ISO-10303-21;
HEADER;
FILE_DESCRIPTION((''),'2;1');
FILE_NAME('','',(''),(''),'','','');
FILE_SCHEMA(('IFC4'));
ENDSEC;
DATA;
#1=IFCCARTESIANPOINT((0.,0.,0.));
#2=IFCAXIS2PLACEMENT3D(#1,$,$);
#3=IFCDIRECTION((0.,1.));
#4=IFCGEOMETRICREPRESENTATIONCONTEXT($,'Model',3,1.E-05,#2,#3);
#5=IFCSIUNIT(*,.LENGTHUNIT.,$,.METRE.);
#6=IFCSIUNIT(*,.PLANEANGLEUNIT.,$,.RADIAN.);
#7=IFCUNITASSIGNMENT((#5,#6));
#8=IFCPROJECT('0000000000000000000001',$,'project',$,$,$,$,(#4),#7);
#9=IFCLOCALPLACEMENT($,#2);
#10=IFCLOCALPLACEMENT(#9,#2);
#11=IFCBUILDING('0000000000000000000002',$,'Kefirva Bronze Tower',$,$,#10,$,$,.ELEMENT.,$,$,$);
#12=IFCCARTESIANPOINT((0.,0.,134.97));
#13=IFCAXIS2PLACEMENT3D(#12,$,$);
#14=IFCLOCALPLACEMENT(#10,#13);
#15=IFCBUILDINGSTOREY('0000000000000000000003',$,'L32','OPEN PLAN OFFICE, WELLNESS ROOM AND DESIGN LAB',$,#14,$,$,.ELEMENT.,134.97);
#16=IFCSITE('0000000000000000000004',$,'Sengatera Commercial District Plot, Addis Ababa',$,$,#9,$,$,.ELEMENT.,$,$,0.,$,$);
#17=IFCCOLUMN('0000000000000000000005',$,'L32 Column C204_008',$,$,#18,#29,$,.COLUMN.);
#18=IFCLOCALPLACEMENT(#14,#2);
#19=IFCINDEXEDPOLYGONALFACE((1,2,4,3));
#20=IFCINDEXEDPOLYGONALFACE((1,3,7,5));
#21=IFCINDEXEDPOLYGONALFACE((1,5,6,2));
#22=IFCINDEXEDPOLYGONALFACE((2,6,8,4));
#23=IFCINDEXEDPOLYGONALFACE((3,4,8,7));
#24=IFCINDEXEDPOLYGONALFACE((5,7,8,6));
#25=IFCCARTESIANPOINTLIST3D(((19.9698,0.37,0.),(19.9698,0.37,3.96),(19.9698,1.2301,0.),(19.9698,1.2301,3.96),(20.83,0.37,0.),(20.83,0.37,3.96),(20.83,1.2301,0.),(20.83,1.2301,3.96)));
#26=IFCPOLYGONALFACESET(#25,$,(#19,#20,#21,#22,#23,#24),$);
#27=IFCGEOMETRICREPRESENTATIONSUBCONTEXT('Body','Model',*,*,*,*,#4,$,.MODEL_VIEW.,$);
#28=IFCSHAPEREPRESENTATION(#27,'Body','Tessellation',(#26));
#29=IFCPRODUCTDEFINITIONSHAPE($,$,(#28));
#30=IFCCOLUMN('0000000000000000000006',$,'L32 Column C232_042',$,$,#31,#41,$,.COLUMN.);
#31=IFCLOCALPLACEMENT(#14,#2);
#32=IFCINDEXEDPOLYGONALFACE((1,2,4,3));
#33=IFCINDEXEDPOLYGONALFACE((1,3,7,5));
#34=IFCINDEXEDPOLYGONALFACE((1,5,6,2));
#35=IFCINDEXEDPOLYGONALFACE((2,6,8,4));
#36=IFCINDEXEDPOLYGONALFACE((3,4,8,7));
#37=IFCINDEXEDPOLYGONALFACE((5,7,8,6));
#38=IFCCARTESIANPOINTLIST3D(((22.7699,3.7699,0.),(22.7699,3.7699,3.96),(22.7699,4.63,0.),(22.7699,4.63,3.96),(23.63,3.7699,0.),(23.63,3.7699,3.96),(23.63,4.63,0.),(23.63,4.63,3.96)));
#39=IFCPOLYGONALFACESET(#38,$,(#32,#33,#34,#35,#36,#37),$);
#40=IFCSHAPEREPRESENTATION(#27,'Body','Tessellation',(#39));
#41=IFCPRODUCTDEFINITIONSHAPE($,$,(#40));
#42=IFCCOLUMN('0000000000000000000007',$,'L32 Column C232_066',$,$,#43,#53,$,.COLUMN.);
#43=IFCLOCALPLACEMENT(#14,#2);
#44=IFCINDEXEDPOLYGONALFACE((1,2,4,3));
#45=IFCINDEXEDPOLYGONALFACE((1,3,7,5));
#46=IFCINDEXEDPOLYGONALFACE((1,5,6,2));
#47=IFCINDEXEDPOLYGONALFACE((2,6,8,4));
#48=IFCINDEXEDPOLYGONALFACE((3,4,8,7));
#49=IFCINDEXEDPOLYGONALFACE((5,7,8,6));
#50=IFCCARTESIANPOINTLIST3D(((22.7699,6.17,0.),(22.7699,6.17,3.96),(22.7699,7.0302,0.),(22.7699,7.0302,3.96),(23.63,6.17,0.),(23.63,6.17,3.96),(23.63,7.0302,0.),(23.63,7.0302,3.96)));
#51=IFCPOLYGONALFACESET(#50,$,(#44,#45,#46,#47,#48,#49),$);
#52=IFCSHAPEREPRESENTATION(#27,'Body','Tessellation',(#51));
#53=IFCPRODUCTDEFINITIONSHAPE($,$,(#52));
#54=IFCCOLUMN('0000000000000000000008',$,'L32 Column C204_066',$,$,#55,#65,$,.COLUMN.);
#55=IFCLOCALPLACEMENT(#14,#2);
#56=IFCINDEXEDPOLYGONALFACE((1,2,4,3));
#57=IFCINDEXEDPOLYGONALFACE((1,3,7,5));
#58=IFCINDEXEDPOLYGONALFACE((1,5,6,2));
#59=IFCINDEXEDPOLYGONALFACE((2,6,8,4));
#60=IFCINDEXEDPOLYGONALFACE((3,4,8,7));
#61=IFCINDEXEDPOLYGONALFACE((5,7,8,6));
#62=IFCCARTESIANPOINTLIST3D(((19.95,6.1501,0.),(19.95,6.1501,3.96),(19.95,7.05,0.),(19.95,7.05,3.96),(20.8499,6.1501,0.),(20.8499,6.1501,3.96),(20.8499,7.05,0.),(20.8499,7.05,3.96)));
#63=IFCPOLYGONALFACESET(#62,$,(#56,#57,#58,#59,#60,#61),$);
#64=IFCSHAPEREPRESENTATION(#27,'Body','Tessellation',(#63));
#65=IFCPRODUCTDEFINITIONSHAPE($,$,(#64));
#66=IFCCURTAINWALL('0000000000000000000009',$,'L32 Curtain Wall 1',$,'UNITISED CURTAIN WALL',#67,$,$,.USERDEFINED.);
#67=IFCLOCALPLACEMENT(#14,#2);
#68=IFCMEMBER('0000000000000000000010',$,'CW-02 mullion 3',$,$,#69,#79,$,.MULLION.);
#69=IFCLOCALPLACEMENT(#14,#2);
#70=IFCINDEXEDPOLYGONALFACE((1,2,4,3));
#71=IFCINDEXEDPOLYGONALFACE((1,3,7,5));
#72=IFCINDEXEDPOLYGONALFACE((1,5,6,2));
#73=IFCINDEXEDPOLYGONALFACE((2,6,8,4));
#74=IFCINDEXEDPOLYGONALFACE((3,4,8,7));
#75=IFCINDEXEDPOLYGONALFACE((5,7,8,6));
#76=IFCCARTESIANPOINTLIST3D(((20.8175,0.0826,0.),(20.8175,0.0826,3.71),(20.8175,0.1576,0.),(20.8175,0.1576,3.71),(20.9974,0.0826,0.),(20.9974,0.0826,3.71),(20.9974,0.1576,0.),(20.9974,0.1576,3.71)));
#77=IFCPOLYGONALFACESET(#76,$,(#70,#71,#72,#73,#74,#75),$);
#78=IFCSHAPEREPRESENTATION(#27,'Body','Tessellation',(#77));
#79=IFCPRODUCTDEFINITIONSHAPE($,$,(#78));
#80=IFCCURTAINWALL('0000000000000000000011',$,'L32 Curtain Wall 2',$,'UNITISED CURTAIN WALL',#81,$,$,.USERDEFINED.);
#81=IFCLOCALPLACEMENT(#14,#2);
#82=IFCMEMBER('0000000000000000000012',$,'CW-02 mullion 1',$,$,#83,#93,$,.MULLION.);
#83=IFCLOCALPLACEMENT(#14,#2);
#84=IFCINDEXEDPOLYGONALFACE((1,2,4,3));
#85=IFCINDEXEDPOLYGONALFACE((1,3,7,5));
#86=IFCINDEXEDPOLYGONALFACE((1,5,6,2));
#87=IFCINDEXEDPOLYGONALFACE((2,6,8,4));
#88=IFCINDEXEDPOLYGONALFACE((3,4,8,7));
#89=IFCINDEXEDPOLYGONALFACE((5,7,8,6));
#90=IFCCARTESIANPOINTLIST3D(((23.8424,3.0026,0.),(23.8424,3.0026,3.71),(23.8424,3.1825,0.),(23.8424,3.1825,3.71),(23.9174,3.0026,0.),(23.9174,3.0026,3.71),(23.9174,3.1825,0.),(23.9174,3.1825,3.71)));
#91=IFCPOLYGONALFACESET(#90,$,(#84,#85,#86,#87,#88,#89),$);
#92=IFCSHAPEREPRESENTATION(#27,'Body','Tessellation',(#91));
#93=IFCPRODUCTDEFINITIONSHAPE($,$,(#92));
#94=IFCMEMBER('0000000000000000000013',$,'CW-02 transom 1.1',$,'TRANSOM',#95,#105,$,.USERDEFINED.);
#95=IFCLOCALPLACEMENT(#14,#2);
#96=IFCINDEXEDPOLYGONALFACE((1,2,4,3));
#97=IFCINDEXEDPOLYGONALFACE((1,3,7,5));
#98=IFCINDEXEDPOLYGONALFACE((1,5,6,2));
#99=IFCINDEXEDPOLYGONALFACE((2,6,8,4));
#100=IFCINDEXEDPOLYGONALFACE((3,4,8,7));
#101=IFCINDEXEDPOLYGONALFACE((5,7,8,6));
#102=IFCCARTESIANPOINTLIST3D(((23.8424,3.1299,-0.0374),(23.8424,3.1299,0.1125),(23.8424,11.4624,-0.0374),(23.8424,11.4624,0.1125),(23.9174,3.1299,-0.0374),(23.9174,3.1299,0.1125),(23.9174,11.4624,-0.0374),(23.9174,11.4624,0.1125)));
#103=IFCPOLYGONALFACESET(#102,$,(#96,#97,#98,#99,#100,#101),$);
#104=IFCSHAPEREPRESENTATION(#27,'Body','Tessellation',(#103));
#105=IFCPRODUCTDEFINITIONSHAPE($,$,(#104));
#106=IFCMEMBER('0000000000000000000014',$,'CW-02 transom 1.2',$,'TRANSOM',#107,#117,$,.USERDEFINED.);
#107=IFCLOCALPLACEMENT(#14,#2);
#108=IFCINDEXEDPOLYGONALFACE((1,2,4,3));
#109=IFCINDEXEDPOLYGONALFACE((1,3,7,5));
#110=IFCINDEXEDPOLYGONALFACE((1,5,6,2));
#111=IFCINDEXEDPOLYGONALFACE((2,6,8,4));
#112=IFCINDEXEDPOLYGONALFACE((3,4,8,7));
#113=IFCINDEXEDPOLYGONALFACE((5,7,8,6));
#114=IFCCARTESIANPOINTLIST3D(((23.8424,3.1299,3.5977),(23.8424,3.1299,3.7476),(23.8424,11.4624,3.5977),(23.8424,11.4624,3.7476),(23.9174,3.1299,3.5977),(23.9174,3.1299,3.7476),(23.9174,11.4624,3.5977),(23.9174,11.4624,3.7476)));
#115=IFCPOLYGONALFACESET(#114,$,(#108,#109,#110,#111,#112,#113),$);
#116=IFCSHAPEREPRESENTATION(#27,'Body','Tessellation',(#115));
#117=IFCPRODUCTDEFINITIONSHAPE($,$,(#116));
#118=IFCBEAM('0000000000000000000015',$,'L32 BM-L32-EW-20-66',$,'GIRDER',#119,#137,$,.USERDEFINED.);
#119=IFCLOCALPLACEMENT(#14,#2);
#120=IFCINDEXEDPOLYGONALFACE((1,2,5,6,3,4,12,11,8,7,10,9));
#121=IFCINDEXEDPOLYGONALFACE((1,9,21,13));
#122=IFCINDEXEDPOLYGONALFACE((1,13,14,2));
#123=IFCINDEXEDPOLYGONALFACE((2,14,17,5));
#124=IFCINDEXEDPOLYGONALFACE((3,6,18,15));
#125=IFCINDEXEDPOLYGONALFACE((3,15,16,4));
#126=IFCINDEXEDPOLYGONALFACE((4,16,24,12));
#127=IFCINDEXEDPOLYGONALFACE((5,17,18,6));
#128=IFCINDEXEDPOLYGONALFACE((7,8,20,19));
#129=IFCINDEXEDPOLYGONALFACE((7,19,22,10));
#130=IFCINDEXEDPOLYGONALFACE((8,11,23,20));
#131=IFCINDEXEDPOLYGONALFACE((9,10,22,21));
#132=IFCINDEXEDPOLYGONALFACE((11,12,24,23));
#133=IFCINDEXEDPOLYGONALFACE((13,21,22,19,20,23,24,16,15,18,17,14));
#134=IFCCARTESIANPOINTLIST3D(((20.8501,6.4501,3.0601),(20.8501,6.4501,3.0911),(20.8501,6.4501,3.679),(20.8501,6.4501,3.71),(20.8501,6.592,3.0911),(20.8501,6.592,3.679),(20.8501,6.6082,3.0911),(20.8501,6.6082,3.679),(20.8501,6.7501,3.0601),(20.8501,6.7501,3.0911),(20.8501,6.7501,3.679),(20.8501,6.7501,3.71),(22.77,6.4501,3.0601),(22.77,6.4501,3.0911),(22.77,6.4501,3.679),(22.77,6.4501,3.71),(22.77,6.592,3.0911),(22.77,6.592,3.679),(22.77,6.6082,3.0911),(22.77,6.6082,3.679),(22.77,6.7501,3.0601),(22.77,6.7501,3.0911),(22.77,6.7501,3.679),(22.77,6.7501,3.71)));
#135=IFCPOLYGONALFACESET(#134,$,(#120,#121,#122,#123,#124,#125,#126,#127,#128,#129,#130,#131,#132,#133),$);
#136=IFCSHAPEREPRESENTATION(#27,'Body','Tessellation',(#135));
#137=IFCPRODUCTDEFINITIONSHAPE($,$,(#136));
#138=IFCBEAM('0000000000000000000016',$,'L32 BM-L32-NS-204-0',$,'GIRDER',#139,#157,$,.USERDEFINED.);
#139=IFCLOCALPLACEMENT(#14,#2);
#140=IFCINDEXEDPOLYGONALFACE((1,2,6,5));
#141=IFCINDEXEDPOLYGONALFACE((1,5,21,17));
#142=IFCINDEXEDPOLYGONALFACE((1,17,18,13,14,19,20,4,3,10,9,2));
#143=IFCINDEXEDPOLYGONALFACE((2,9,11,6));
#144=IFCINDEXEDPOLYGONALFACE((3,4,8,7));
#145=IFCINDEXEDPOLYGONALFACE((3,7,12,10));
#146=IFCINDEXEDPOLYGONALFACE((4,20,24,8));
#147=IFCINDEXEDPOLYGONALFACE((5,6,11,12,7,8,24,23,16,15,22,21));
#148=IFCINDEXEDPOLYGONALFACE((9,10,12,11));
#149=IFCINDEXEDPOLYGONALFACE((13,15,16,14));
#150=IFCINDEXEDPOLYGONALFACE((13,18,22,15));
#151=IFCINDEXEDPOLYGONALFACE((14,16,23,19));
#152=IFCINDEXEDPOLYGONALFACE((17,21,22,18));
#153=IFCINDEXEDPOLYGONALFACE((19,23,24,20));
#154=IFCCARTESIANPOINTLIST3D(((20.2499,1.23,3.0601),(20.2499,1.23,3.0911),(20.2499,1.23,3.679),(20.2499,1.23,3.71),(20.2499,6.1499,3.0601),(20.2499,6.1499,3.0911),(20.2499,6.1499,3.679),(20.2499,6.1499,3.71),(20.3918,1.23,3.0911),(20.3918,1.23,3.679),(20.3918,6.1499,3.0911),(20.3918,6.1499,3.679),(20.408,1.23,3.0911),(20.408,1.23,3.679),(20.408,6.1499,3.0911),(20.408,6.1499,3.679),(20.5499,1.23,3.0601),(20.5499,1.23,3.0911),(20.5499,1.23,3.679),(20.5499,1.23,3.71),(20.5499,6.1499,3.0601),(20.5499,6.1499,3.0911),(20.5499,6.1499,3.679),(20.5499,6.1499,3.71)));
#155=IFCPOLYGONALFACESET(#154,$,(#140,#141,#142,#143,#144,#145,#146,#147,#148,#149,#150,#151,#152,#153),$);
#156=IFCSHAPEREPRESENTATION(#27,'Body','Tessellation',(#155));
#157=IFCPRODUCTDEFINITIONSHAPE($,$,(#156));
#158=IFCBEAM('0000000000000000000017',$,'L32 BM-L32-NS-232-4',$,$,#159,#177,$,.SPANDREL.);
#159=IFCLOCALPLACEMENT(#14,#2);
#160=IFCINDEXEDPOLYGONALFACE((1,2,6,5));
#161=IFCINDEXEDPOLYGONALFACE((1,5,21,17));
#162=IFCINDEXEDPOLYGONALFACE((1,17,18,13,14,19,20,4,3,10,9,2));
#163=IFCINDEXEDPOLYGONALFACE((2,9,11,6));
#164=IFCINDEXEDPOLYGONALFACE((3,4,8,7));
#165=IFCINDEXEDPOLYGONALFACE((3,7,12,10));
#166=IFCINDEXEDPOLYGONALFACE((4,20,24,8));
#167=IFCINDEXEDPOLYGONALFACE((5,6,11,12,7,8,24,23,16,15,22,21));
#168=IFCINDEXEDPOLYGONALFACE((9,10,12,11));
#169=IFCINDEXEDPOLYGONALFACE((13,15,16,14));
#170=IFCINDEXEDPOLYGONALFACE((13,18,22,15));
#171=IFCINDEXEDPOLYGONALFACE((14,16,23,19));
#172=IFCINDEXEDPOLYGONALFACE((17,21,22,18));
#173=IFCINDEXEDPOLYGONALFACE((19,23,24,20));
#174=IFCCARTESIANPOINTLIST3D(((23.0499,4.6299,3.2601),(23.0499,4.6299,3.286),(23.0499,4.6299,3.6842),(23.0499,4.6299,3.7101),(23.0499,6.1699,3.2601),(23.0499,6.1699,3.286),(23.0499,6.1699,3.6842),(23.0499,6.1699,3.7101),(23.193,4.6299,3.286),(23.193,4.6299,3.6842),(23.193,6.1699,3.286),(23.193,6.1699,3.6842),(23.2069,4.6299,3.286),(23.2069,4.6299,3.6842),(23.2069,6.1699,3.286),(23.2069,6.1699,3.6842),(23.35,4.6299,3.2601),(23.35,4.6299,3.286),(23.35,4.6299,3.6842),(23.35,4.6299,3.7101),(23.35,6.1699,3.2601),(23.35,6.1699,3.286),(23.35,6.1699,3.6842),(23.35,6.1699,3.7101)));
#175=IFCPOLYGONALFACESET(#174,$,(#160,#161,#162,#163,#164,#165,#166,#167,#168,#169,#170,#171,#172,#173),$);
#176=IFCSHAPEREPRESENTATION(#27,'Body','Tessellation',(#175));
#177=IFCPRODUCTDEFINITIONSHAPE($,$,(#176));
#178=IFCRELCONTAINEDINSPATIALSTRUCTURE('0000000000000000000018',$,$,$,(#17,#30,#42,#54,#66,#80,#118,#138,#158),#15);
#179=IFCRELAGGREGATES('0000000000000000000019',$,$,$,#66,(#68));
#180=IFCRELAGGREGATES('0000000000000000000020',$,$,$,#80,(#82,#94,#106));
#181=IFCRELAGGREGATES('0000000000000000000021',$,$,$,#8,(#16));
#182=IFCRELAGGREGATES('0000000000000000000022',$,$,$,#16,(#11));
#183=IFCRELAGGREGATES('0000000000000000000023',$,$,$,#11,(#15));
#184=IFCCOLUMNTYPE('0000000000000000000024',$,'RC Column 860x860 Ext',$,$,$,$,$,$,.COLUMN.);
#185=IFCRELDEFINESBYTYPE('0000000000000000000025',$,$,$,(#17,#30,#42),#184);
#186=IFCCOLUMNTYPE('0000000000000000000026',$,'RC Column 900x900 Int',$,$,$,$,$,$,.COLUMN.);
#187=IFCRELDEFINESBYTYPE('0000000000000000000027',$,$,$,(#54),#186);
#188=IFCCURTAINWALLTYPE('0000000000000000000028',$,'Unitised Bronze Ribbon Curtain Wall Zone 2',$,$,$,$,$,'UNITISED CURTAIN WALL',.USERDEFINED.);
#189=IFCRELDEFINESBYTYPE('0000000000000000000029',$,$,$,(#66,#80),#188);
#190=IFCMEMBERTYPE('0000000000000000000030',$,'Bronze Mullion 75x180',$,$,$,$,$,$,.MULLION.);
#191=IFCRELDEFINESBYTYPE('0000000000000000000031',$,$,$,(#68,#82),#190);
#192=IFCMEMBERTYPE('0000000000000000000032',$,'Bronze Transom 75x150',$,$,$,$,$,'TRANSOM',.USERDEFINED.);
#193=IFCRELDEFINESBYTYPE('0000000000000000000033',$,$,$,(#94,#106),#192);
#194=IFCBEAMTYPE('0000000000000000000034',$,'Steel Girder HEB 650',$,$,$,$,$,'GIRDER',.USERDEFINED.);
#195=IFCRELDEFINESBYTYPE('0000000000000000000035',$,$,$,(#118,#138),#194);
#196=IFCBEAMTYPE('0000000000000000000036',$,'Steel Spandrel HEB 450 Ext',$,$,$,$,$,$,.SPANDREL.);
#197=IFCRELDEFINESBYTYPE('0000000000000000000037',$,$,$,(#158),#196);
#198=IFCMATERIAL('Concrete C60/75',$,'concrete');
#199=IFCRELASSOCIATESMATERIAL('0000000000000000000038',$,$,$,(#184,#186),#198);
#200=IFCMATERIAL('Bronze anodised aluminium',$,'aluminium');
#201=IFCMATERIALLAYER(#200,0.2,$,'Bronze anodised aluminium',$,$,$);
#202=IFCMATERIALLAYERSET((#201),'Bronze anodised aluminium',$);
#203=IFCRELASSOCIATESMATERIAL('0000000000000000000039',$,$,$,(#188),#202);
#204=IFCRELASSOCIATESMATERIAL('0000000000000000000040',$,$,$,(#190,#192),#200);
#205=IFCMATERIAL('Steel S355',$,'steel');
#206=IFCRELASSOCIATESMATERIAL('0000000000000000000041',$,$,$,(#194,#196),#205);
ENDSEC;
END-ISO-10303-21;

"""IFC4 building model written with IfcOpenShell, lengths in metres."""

from ifc_helpers import new_model, si_unit, direction, frame, origin, origin_2d, place, context, subcontext, project, spatial, rectangle, i_section, extrude, material, layer, layer_set, material_profile, profile_set, type_object, element, aggregate, save


model = new_model("IFC4")

# Units and contexts
model_context = context("Model", 3, precision=1e-05, world=origin(), true_north=direction((0.0, 1.0)))
body_context = subcontext(model_context, "Body", "Model", "MODEL_VIEW")
ifc_project = project(units=[si_unit("LENGTHUNIT", "METRE"), si_unit("PLANEANGLEUNIT", "RADIAN")], contexts=[model_context])

# Site, building, storey
site_placement = place(None, origin())
site = spatial("IfcSite", under=ifc_project, at=site_placement, Name="Sengatera Commercial District Plot, Addis Ababa", CompositionType="ELEMENT", RefElevation=0.0)
building_placement = place(site_placement, origin())
building = spatial("IfcBuilding", under=site, at=building_placement, Name="Kefirva Bronze Tower", CompositionType="ELEMENT")
storey_placement = place(building_placement, frame((0.0, 0.0, 134.97)))
storey = spatial("IfcBuildingStorey", under=building, at=storey_placement, Name="L32", Description="OPEN PLAN OFFICE, WELLNESS ROOM AND DESIGN LAB", CompositionType="ELEMENT", Elevation=134.97)

# Columns
ifc_material_1 = material(Name="Concrete C60/75", Category="concrete")
ifc_material_profile_1 = material_profile(ifc_material_1, rectangle(XDim=0.8601, YDim=0.8601, at=origin_2d()), Name="RC 860x860")
ifc_profile_set_1 = profile_set([ifc_material_profile_1], Name="Concrete C60/75")
column_type_1 = type_object("IfcColumnType", Name="RC Column 860x860 Ext", PredefinedType="COLUMN", material=ifc_profile_set_1)
for number, where, z_axis, x_axis, name in (
    (1, (20.3999, 0.8, 0.0), (0.0, 0.0, 1.0), (1.0, 0.0, 0.0), "L32 Column C204_008"),
    (2, (23.2, 4.2, 0.0), (0.0, 0.0, 1.0), (1.0, 0.0, 0.0), "L32 Column C232_042"),
    (3, (23.2, 6.6001, 0.0), (0.0, 0.0, 1.0), (1.0, 0.0, 0.0), "L32 Column C232_066"),
):
    element("IfcColumn", number, at=place(storey_placement, frame(where, z_axis=z_axis, x_axis=x_axis)), inside=storey, type_object=column_type_1, Name=name, PredefinedType="COLUMN", context=body_context, shape_type="SweptSolid", body=[
        extrude(rectangle(XDim=0.8601, YDim=0.8601, at=origin_2d()), origin(), (0.0, 0.0, 1.0), 3.96),
    ])
ifc_material_profile_2 = material_profile(ifc_material_1, rectangle(XDim=0.8999, YDim=0.8999, at=origin_2d()), Name="RC 900x900")
ifc_profile_set_2 = profile_set([ifc_material_profile_2], Name="Concrete C60/75")
column_type_2 = type_object("IfcColumnType", Name="RC Column 900x900 Int", PredefinedType="COLUMN", material=ifc_profile_set_2)
column_placement = place(storey_placement, frame((20.3999, 6.6001, 0.0), z_axis=(0.0, 0.0, 1.0), x_axis=(1.0, 0.0, 0.0)))
element("IfcColumn", 4, at=column_placement, inside=storey, type_object=column_type_2, Name="L32 Column C204_066", PredefinedType="COLUMN", context=body_context, shape_type="SweptSolid", body=[
    extrude(rectangle(XDim=0.8999, YDim=0.8999, at=origin_2d()), origin(), (0.0, 0.0, 1.0), 3.96),
])

# Curtain wall, member
ifc_material_2 = material(Name="Bronze anodised aluminium", Category="aluminium")
ifc_layer_1 = layer(ifc_material_2, 0.2, Name="Bronze anodised aluminium")
ifc_layer_set_1 = layer_set([ifc_layer_1], Name="Bronze anodised aluminium")
curtain_wall_type = type_object("IfcCurtainWallType", Name="Unitised Bronze Ribbon Curtain Wall Zone 2", ElementType="UNITISED CURTAIN WALL", PredefinedType="USERDEFINED", material=ifc_layer_set_1)
curtain_wall_1_placement = place(storey_placement, origin())
curtain_wall_1 = element("IfcCurtainWall", 5, at=curtain_wall_1_placement, inside=storey, type_object=curtain_wall_type, Name="L32 Curtain Wall 1", ObjectType="UNITISED CURTAIN WALL", PredefinedType="USERDEFINED")
ifc_material_profile_3 = material_profile(ifc_material_2, rectangle(XDim=0.075, YDim=0.1799, at=origin_2d()), Name="ALU 75x180")
ifc_profile_set_3 = profile_set([ifc_material_profile_3], Name="Bronze anodised aluminium")
member_type_1 = type_object("IfcMemberType", Name="Bronze Mullion 75x180", PredefinedType="MULLION", material=ifc_profile_set_3)
member_1_placement = place(storey_placement, frame((20.9075, 0.1201, 0.0), z_axis=(0.0, 0.0, 1.0), x_axis=(0.0, 1.0, 0.0)))
member_1 = element("IfcMember", 6, at=member_1_placement, type_object=member_type_1, Name="CW-02 mullion 3", PredefinedType="MULLION", context=body_context, shape_type="SweptSolid", body=[
    extrude(rectangle(XDim=0.075, YDim=0.1799, at=origin_2d()), origin(), (0.0, 0.0, 1.0), 3.71),
])
aggregate(curtain_wall_1, [member_1])

# Curtain wall, members
curtain_wall_2_placement = place(storey_placement, origin())
curtain_wall_2 = element("IfcCurtainWall", 7, at=curtain_wall_2_placement, inside=storey, type_object=curtain_wall_type, Name="L32 Curtain Wall 2", ObjectType="UNITISED CURTAIN WALL", PredefinedType="USERDEFINED")
member_2_placement = place(storey_placement, frame((23.8799, 3.0925, 0.0), z_axis=(0.0, 0.0, 1.0), x_axis=(-1.0, 0.0, 0.0)))
member_2 = element("IfcMember", 8, at=member_2_placement, type_object=member_type_1, Name="CW-02 mullion 1", PredefinedType="MULLION", context=body_context, shape_type="SweptSolid", body=[
    extrude(rectangle(XDim=0.075, YDim=0.1799, at=origin_2d()), origin(), (0.0, 0.0, 1.0), 3.71),
])
ifc_material_profile_4 = material_profile(ifc_material_2, rectangle(XDim=0.075, YDim=0.1499, at=origin_2d()), Name="ALU 75x150")
ifc_profile_set_4 = profile_set([ifc_material_profile_4], Name="Bronze anodised aluminium")
member_type_2 = type_object("IfcMemberType", Name="Bronze Transom 75x150", ElementType="TRANSOM", PredefinedType="USERDEFINED", material=ifc_profile_set_4)
member_3_placement = place(storey_placement, frame((23.8799, 3.1299, 0.0376), z_axis=(0.0, 1.0, 0.0), x_axis=(-1.0, 0.0, 0.0)))
member_3 = element("IfcMember", 9, at=member_3_placement, type_object=member_type_2, Name="CW-02 transom 1.1", ObjectType="TRANSOM", PredefinedType="USERDEFINED", context=body_context, shape_type="SweptSolid", body=[
    extrude(rectangle(XDim=0.075, YDim=0.1499, at=origin_2d()), origin(), (0.0, 0.0, 1.0), 8.3325),
])
member_4_placement = place(storey_placement, frame((23.8799, 3.1299, 3.6726), z_axis=(0.0, 1.0, 0.0), x_axis=(-1.0, 0.0, 0.0)))
member_4 = element("IfcMember", 10, at=member_4_placement, type_object=member_type_2, Name="CW-02 transom 1.2", ObjectType="TRANSOM", PredefinedType="USERDEFINED", context=body_context, shape_type="SweptSolid", body=[
    extrude(rectangle(XDim=0.075, YDim=0.1499, at=origin_2d()), origin(), (0.0, 0.0, 1.0), 8.3325),
])

# Beams
ifc_material_3 = material(Name="Steel S355", Category="steel")
ifc_material_profile_5 = material_profile(ifc_material_3, i_section(OverallWidth=0.3, OverallDepth=0.6499, WebThickness=0.0161, FlangeThickness=0.031, at=origin_2d()), Name="HEB 650")
ifc_profile_set_5 = profile_set([ifc_material_profile_5], Name="Steel S355")
beam_type_1 = type_object("IfcBeamType", Name="Steel Girder HEB 650", ElementType="GIRDER", PredefinedType="USERDEFINED", material=ifc_profile_set_5)
beam_1_placement = place(storey_placement, frame((20.8501, 6.6001, 3.385), z_axis=(1.0, 0.0, 0.0), x_axis=(0.0, 1.0, 0.0)))
element("IfcBeam", 11, at=beam_1_placement, inside=storey, type_object=beam_type_1, Name="L32 BM-L32-EW-20-66", ObjectType="GIRDER", PredefinedType="USERDEFINED", context=body_context, shape_type="SweptSolid", body=[
    extrude(i_section(OverallWidth=0.3, OverallDepth=0.6499, WebThickness=0.0161, FlangeThickness=0.031, at=origin_2d()), origin(), (0.0, 0.0, 1.0), 1.9199),
])
beam_2_placement = place(storey_placement, frame((20.3999, 1.23, 3.385), z_axis=(0.0, 1.0, 0.0), x_axis=(-1.0, 0.0, 0.0)))
element("IfcBeam", 12, at=beam_2_placement, inside=storey, type_object=beam_type_1, Name="L32 BM-L32-NS-204-0", ObjectType="GIRDER", PredefinedType="USERDEFINED", context=body_context, shape_type="SweptSolid", body=[
    extrude(i_section(OverallWidth=0.3, OverallDepth=0.6499, WebThickness=0.0161, FlangeThickness=0.031, at=origin_2d()), origin(), (0.0, 0.0, 1.0), 4.9199),
])
ifc_material_profile_6 = material_profile(ifc_material_3, i_section(OverallWidth=0.3, OverallDepth=0.45, WebThickness=0.0139, FlangeThickness=0.0259, at=origin_2d()), Name="HEB 450")
ifc_profile_set_6 = profile_set([ifc_material_profile_6], Name="Steel S355")
beam_type_2 = type_object("IfcBeamType", Name="Steel Spandrel HEB 450 Ext", PredefinedType="SPANDREL", material=ifc_profile_set_6)
beam_3_placement = place(storey_placement, frame((23.2, 4.6299, 3.4851), z_axis=(0.0, 1.0, 0.0), x_axis=(-1.0, 0.0, 0.0)))
element("IfcBeam", 13, at=beam_3_placement, inside=storey, type_object=beam_type_2, Name="L32 BM-L32-NS-232-4", PredefinedType="SPANDREL", context=body_context, shape_type="SweptSolid", body=[
    extrude(i_section(OverallWidth=0.3, OverallDepth=0.45, WebThickness=0.0139, FlangeThickness=0.0259, at=origin_2d()), origin(), (0.0, 0.0, 1.0), 1.54),
])

aggregate(curtain_wall_2, [member_2, member_3, member_4])

save(model, "model.ifc")
